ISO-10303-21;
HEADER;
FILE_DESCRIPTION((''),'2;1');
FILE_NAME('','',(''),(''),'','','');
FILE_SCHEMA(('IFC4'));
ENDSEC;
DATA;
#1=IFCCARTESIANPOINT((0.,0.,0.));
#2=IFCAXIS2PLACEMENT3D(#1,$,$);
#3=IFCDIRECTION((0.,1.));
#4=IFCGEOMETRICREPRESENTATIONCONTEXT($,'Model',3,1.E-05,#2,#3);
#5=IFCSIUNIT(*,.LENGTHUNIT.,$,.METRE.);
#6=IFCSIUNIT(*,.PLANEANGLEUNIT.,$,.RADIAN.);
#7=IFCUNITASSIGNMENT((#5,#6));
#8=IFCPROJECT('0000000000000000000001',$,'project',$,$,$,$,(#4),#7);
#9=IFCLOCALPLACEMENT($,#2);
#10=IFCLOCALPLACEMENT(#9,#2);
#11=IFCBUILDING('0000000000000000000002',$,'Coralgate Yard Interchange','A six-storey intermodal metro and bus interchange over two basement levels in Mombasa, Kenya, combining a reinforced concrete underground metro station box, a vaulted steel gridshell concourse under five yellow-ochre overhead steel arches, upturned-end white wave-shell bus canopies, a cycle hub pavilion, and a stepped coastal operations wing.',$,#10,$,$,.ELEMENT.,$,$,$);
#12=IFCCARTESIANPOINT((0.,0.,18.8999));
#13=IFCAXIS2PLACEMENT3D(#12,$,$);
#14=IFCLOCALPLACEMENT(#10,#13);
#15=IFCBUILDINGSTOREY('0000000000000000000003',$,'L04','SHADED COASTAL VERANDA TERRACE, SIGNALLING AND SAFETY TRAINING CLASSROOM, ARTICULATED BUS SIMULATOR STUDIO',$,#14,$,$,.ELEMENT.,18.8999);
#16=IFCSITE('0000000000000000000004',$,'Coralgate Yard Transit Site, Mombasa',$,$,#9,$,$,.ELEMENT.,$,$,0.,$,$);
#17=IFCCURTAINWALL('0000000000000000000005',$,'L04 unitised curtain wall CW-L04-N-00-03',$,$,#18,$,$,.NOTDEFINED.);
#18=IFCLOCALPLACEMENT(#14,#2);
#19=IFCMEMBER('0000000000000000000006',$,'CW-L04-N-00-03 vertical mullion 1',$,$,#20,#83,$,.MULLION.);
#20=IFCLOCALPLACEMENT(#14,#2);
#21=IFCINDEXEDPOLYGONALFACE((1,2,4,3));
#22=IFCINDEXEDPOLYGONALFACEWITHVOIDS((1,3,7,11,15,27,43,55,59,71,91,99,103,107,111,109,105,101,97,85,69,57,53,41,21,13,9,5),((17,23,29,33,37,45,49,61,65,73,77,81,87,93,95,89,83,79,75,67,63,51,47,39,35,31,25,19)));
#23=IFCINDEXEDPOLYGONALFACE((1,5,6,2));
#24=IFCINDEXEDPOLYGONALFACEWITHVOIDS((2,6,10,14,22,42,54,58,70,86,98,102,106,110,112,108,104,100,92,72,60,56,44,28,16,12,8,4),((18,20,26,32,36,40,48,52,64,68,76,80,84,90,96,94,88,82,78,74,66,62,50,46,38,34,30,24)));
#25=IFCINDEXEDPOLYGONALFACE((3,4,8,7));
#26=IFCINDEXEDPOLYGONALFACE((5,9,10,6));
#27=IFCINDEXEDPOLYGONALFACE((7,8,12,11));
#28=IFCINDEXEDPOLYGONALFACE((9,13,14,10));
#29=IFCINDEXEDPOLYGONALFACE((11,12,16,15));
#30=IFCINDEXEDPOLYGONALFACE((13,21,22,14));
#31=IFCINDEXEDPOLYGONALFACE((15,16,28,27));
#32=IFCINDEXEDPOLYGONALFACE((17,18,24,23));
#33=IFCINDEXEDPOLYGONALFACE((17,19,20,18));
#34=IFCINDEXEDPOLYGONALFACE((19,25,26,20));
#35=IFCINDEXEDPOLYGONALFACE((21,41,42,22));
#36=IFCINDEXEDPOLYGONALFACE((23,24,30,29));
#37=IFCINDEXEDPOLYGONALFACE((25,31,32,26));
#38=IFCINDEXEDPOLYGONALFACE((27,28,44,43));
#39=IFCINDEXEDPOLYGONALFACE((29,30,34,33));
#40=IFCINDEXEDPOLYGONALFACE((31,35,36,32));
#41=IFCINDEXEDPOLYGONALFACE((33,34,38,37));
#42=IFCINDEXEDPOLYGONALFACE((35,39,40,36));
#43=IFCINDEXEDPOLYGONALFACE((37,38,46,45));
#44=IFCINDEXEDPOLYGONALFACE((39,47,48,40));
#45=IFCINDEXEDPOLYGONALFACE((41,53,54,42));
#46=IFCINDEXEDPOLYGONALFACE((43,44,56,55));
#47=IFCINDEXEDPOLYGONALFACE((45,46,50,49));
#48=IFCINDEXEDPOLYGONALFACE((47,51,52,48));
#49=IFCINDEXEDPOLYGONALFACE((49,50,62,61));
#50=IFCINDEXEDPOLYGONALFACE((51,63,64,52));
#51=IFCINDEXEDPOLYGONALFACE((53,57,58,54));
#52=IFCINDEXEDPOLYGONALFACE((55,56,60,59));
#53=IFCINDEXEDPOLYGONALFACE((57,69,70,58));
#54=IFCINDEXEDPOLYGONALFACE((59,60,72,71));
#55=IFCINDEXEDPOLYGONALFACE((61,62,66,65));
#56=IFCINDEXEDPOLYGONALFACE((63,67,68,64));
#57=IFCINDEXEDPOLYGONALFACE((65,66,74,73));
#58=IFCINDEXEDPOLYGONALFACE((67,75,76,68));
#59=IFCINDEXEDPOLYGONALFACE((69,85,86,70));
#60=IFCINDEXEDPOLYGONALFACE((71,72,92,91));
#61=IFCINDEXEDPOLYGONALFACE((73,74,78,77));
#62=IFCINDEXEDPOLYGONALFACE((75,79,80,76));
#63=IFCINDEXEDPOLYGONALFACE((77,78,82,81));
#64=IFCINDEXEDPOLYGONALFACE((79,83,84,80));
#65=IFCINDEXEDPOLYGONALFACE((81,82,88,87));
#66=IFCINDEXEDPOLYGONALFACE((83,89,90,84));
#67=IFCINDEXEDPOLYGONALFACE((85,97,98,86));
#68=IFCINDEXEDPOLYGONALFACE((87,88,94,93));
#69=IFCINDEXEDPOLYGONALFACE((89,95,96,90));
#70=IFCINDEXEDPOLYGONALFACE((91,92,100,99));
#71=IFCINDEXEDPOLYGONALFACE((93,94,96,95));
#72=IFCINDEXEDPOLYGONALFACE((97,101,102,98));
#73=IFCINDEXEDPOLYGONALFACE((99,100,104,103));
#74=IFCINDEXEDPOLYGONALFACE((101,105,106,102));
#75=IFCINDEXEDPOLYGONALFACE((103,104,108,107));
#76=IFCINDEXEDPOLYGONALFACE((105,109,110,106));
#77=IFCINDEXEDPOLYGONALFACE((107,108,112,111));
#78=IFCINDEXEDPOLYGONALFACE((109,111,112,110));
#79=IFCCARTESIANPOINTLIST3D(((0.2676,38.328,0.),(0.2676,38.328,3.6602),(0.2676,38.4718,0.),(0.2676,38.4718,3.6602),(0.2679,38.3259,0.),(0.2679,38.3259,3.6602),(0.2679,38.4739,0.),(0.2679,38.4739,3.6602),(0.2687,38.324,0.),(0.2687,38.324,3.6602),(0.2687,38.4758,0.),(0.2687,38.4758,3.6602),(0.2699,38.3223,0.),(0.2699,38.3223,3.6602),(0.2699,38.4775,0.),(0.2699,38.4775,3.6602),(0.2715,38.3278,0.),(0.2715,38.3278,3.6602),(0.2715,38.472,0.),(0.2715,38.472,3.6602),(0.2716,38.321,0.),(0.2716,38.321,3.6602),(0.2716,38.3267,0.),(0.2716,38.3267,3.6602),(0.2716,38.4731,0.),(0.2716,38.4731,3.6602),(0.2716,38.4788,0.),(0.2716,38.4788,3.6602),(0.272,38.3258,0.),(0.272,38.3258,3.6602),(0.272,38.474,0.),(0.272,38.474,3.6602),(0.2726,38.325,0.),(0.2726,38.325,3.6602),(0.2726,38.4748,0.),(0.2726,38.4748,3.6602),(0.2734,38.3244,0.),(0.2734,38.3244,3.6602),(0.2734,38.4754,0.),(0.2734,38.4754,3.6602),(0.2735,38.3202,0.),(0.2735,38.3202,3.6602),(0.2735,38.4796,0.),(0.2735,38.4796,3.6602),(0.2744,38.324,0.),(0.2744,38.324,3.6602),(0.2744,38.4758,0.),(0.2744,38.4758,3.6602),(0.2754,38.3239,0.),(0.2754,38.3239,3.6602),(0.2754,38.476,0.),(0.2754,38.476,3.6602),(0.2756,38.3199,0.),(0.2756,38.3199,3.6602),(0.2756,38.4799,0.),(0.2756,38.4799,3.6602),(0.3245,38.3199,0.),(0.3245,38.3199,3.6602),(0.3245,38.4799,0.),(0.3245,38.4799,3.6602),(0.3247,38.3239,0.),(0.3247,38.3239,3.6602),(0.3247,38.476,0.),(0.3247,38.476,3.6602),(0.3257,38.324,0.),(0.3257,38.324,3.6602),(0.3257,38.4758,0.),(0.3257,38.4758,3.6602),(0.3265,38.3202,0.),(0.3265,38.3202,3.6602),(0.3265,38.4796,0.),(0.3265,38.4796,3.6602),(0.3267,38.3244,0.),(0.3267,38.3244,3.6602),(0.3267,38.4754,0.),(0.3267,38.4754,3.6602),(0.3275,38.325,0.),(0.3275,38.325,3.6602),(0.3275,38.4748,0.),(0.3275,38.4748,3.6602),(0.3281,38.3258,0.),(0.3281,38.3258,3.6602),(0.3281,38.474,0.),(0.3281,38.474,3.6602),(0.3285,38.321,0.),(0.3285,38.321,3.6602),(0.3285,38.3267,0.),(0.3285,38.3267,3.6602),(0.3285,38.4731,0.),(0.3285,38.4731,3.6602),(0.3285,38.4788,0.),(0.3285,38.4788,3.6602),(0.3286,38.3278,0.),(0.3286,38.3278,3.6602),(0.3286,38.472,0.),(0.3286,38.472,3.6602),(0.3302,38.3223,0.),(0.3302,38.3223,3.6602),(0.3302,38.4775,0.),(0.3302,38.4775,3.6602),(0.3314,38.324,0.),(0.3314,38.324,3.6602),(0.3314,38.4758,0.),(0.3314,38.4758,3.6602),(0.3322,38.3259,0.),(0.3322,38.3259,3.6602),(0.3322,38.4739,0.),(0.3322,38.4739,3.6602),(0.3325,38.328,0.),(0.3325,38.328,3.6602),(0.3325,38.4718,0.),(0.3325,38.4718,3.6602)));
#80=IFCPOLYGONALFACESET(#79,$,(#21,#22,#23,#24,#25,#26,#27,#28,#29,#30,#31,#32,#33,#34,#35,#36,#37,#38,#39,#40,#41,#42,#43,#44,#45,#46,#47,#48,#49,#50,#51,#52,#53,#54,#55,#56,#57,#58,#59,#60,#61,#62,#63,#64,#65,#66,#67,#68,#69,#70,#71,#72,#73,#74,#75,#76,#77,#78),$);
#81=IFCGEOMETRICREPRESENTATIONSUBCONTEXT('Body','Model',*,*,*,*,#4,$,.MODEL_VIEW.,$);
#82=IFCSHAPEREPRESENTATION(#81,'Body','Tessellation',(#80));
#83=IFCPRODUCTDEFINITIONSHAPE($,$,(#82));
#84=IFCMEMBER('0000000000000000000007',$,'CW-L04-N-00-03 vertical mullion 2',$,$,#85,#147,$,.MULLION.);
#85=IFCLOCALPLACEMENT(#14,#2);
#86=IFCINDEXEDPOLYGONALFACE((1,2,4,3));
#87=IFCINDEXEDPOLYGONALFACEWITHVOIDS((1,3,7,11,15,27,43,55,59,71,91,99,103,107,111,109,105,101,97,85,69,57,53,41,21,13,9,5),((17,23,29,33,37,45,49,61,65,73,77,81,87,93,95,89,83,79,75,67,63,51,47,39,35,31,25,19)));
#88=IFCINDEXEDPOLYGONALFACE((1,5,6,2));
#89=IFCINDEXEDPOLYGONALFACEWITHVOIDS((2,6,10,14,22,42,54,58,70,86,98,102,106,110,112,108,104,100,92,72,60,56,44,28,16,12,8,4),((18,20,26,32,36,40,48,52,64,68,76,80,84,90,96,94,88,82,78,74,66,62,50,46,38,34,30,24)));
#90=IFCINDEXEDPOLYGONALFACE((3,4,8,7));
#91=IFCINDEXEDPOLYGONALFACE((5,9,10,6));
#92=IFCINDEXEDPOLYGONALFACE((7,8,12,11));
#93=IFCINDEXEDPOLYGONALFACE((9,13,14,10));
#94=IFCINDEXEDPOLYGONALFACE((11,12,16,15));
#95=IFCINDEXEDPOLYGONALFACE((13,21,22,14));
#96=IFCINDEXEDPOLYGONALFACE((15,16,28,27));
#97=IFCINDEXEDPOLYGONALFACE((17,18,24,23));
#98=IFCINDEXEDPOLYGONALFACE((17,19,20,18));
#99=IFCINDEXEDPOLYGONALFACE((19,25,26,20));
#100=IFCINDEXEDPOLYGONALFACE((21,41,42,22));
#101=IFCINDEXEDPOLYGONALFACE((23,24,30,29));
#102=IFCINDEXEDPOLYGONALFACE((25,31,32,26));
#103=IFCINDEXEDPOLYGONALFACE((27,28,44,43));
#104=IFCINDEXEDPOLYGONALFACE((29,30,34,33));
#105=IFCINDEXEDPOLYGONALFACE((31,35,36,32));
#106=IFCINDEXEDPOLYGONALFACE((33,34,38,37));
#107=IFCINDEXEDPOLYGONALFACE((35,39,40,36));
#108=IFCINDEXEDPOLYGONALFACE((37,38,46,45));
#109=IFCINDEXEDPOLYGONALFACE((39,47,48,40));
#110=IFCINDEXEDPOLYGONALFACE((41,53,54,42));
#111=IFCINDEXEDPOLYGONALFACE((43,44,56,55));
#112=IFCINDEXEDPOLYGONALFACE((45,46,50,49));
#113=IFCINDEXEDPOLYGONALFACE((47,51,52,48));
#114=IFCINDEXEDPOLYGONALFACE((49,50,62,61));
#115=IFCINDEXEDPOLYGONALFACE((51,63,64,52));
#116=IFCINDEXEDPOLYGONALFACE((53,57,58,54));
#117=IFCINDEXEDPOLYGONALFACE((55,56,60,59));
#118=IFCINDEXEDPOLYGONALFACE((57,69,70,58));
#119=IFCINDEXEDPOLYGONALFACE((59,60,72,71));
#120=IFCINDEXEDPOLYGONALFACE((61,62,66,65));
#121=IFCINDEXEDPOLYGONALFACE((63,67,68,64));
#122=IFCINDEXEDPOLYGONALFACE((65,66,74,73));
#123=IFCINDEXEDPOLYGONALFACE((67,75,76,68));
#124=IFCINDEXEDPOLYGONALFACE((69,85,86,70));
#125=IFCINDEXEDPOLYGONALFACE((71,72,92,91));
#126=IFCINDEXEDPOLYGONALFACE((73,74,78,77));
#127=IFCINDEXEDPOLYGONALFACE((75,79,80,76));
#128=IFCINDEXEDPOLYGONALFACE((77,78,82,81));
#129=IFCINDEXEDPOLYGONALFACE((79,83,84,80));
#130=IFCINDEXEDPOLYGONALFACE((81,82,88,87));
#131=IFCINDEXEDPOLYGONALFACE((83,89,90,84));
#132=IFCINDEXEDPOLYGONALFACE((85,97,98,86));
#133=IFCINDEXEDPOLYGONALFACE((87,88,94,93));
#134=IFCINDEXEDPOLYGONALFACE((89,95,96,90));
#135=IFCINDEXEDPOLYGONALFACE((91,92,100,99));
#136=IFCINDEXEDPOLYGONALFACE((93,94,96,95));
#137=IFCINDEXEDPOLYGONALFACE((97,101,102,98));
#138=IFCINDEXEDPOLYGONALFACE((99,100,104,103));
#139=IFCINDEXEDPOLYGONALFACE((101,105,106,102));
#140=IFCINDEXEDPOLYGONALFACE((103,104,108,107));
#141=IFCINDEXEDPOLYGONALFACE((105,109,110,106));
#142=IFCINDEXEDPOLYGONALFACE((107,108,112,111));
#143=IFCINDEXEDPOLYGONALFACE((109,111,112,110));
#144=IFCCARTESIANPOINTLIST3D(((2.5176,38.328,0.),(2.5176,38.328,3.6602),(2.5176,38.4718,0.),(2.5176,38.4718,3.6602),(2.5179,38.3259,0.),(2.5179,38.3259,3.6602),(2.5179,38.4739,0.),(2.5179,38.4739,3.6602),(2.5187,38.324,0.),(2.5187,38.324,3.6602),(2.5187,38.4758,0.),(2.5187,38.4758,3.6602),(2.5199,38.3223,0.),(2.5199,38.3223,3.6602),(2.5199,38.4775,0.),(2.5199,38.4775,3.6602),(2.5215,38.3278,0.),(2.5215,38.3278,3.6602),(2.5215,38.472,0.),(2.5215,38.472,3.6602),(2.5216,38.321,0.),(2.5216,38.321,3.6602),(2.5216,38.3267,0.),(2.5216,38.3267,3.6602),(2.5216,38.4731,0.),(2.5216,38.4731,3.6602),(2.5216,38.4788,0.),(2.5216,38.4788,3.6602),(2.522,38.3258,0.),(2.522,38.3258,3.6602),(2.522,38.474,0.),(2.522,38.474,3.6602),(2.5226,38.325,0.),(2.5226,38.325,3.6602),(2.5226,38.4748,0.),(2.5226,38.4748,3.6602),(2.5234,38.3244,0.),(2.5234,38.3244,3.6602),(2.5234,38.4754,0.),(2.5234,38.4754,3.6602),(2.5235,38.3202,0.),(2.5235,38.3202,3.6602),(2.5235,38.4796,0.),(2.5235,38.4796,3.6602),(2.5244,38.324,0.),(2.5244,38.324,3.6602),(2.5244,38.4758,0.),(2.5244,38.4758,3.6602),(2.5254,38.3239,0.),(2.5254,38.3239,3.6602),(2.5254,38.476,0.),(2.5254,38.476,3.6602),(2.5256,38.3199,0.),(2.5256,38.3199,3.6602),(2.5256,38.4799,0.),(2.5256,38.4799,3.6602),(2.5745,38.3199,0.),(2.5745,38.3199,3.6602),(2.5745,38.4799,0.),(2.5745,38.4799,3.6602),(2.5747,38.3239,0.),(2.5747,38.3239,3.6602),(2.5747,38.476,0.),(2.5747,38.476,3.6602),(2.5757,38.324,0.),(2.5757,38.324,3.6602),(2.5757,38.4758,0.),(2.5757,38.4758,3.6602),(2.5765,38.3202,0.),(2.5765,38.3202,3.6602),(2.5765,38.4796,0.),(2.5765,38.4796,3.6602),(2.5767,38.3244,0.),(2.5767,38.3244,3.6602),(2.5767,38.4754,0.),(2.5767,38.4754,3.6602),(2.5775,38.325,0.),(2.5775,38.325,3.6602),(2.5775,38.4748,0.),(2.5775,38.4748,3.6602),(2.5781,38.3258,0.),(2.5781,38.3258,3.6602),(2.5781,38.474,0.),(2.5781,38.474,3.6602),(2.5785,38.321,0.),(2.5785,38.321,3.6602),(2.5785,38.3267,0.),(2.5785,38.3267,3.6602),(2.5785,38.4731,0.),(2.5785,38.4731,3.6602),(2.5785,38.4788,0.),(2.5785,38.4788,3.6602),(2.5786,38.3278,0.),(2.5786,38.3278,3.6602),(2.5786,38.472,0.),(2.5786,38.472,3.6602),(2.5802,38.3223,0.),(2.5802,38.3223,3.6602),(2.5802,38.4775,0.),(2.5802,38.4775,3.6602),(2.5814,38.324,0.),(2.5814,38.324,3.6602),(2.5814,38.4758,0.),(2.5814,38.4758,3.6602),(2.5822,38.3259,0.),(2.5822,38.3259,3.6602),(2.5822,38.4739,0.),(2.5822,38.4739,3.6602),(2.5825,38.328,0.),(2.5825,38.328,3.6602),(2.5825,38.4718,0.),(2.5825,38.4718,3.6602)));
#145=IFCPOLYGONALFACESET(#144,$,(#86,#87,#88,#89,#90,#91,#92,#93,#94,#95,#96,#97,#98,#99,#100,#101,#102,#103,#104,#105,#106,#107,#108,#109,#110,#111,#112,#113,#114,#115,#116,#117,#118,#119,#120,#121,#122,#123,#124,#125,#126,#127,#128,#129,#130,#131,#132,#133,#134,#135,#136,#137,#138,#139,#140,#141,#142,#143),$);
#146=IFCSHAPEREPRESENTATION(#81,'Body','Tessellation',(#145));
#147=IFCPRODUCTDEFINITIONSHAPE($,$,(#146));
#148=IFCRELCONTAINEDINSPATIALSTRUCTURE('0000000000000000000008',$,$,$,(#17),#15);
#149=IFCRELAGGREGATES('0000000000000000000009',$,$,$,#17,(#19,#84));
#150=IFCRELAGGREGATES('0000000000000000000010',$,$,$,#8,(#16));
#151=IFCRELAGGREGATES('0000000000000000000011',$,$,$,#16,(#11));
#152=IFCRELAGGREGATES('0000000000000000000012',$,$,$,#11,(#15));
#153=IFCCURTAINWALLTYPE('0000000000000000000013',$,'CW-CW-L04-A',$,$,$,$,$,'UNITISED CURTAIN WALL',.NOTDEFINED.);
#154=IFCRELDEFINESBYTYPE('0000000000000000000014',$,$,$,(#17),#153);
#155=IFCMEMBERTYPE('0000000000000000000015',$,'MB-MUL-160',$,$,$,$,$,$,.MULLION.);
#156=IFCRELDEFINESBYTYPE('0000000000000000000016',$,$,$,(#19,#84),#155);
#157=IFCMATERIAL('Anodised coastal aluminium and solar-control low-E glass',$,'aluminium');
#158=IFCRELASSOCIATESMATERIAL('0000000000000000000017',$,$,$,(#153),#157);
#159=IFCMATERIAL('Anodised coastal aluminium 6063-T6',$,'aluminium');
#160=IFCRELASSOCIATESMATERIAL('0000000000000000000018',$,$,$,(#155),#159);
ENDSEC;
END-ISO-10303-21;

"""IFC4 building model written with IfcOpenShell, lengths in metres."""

from ifc_helpers import new_model, si_unit, direction, frame, origin, origin_2d, place, context, subcontext, project, spatial, hollow_rectangle, extrude, material, material_profile, profile_set, type_object, element, aggregate, save


model = new_model("IFC4")

# Units and contexts
model_context = context("Model", 3, precision=1e-05, world=origin(), true_north=direction((0.0, 1.0)))
body_context = subcontext(model_context, "Body", "Model", "MODEL_VIEW")
ifc_project = project(units=[si_unit("LENGTHUNIT", "METRE"), si_unit("PLANEANGLEUNIT", "RADIAN")], contexts=[model_context])

# Site, building, storey
site_placement = place(None, origin())
site = spatial("IfcSite", under=ifc_project, at=site_placement, Name="Coralgate Yard Transit Site, Mombasa", CompositionType="ELEMENT", RefElevation=0.0)
building_placement = place(site_placement, origin())
building = spatial("IfcBuilding", under=site, at=building_placement, Name="Coralgate Yard Interchange", Description="A six-storey intermodal metro and bus interchange over two basement levels in Mombasa, Kenya, combining a reinforced concrete underground metro station box, a vaulted steel gridshell concourse under five yellow-ochre overhead steel arches, upturned-end white wave-shell bus canopies, a cycle hub pavilion, and a stepped coastal operations wing.", CompositionType="ELEMENT")
storey_placement = place(building_placement, frame((0.0, 0.0, 18.8999)))
storey = spatial("IfcBuildingStorey", under=building, at=storey_placement, Name="L04", Description="SHADED COASTAL VERANDA TERRACE, SIGNALLING AND SAFETY TRAINING CLASSROOM, ARTICULATED BUS SIMULATOR STUDIO", CompositionType="ELEMENT", Elevation=18.8999)

# Curtain wall, members
ifc_material_1 = material(Name="Anodised coastal aluminium and solar-control low-E glass", Category="aluminium")
curtain_wall_type = type_object("IfcCurtainWallType", Name="CW-CW-L04-A", ElementType="UNITISED CURTAIN WALL", PredefinedType="NOTDEFINED", material=ifc_material_1)
ifc_material_2 = material(Name="Anodised coastal aluminium 6063-T6", Category="aluminium")
ifc_material_profile_1 = material_profile(ifc_material_2, hollow_rectangle(XDim=0.0649, YDim=0.1599, WallThickness=0.0039, InnerFilletRadius=0.0039, OuterFilletRadius=0.0081, at=origin_2d()), Name="ALU 65x160x4")
ifc_profile_set_1 = profile_set([ifc_material_profile_1], Name="Anodised coastal aluminium 6063-T6")
member_type_1 = type_object("IfcMemberType", Name="MB-MUL-160", PredefinedType="MULLION", material=ifc_profile_set_1)
curtain_wall_1_placement = place(storey_placement, origin())
curtain_wall_1 = element("IfcCurtainWall", 1, at=curtain_wall_1_placement, inside=storey, type_object=curtain_wall_type, Name="L04 unitised curtain wall CW-L04-N-00-03", PredefinedType="NOTDEFINED")
member_1_placement = place(storey_placement, frame((0.3, 38.3999, 0.0), z_axis=(0.0, 0.0, 1.0), x_axis=(1.0, 0.0, 0.0)))
member_1 = element("IfcMember", 2, at=member_1_placement, type_object=member_type_1, Name="CW-L04-N-00-03 vertical mullion 1", PredefinedType="MULLION", context=body_context, shape_type="SweptSolid", body=[
    extrude(hollow_rectangle(XDim=0.0649, YDim=0.1599, WallThickness=0.0039, InnerFilletRadius=0.0039, OuterFilletRadius=0.0081, at=origin_2d()), origin(), (0.0, 0.0, 1.0), 3.6602),
])
member_2_placement = place(storey_placement, frame((2.55, 38.3999, 0.0), z_axis=(0.0, 0.0, 1.0), x_axis=(1.0, 0.0, 0.0)))
member_2 = element("IfcMember", 3, at=member_2_placement, type_object=member_type_1, Name="CW-L04-N-00-03 vertical mullion 2", PredefinedType="MULLION", context=body_context, shape_type="SweptSolid", body=[
    extrude(hollow_rectangle(XDim=0.0649, YDim=0.1599, WallThickness=0.0039, InnerFilletRadius=0.0039, OuterFilletRadius=0.0081, at=origin_2d()), origin(), (0.0, 0.0, 1.0), 3.6602),
])

aggregate(curtain_wall_1, [member_1, member_2])

save(model, "model.ifc")
